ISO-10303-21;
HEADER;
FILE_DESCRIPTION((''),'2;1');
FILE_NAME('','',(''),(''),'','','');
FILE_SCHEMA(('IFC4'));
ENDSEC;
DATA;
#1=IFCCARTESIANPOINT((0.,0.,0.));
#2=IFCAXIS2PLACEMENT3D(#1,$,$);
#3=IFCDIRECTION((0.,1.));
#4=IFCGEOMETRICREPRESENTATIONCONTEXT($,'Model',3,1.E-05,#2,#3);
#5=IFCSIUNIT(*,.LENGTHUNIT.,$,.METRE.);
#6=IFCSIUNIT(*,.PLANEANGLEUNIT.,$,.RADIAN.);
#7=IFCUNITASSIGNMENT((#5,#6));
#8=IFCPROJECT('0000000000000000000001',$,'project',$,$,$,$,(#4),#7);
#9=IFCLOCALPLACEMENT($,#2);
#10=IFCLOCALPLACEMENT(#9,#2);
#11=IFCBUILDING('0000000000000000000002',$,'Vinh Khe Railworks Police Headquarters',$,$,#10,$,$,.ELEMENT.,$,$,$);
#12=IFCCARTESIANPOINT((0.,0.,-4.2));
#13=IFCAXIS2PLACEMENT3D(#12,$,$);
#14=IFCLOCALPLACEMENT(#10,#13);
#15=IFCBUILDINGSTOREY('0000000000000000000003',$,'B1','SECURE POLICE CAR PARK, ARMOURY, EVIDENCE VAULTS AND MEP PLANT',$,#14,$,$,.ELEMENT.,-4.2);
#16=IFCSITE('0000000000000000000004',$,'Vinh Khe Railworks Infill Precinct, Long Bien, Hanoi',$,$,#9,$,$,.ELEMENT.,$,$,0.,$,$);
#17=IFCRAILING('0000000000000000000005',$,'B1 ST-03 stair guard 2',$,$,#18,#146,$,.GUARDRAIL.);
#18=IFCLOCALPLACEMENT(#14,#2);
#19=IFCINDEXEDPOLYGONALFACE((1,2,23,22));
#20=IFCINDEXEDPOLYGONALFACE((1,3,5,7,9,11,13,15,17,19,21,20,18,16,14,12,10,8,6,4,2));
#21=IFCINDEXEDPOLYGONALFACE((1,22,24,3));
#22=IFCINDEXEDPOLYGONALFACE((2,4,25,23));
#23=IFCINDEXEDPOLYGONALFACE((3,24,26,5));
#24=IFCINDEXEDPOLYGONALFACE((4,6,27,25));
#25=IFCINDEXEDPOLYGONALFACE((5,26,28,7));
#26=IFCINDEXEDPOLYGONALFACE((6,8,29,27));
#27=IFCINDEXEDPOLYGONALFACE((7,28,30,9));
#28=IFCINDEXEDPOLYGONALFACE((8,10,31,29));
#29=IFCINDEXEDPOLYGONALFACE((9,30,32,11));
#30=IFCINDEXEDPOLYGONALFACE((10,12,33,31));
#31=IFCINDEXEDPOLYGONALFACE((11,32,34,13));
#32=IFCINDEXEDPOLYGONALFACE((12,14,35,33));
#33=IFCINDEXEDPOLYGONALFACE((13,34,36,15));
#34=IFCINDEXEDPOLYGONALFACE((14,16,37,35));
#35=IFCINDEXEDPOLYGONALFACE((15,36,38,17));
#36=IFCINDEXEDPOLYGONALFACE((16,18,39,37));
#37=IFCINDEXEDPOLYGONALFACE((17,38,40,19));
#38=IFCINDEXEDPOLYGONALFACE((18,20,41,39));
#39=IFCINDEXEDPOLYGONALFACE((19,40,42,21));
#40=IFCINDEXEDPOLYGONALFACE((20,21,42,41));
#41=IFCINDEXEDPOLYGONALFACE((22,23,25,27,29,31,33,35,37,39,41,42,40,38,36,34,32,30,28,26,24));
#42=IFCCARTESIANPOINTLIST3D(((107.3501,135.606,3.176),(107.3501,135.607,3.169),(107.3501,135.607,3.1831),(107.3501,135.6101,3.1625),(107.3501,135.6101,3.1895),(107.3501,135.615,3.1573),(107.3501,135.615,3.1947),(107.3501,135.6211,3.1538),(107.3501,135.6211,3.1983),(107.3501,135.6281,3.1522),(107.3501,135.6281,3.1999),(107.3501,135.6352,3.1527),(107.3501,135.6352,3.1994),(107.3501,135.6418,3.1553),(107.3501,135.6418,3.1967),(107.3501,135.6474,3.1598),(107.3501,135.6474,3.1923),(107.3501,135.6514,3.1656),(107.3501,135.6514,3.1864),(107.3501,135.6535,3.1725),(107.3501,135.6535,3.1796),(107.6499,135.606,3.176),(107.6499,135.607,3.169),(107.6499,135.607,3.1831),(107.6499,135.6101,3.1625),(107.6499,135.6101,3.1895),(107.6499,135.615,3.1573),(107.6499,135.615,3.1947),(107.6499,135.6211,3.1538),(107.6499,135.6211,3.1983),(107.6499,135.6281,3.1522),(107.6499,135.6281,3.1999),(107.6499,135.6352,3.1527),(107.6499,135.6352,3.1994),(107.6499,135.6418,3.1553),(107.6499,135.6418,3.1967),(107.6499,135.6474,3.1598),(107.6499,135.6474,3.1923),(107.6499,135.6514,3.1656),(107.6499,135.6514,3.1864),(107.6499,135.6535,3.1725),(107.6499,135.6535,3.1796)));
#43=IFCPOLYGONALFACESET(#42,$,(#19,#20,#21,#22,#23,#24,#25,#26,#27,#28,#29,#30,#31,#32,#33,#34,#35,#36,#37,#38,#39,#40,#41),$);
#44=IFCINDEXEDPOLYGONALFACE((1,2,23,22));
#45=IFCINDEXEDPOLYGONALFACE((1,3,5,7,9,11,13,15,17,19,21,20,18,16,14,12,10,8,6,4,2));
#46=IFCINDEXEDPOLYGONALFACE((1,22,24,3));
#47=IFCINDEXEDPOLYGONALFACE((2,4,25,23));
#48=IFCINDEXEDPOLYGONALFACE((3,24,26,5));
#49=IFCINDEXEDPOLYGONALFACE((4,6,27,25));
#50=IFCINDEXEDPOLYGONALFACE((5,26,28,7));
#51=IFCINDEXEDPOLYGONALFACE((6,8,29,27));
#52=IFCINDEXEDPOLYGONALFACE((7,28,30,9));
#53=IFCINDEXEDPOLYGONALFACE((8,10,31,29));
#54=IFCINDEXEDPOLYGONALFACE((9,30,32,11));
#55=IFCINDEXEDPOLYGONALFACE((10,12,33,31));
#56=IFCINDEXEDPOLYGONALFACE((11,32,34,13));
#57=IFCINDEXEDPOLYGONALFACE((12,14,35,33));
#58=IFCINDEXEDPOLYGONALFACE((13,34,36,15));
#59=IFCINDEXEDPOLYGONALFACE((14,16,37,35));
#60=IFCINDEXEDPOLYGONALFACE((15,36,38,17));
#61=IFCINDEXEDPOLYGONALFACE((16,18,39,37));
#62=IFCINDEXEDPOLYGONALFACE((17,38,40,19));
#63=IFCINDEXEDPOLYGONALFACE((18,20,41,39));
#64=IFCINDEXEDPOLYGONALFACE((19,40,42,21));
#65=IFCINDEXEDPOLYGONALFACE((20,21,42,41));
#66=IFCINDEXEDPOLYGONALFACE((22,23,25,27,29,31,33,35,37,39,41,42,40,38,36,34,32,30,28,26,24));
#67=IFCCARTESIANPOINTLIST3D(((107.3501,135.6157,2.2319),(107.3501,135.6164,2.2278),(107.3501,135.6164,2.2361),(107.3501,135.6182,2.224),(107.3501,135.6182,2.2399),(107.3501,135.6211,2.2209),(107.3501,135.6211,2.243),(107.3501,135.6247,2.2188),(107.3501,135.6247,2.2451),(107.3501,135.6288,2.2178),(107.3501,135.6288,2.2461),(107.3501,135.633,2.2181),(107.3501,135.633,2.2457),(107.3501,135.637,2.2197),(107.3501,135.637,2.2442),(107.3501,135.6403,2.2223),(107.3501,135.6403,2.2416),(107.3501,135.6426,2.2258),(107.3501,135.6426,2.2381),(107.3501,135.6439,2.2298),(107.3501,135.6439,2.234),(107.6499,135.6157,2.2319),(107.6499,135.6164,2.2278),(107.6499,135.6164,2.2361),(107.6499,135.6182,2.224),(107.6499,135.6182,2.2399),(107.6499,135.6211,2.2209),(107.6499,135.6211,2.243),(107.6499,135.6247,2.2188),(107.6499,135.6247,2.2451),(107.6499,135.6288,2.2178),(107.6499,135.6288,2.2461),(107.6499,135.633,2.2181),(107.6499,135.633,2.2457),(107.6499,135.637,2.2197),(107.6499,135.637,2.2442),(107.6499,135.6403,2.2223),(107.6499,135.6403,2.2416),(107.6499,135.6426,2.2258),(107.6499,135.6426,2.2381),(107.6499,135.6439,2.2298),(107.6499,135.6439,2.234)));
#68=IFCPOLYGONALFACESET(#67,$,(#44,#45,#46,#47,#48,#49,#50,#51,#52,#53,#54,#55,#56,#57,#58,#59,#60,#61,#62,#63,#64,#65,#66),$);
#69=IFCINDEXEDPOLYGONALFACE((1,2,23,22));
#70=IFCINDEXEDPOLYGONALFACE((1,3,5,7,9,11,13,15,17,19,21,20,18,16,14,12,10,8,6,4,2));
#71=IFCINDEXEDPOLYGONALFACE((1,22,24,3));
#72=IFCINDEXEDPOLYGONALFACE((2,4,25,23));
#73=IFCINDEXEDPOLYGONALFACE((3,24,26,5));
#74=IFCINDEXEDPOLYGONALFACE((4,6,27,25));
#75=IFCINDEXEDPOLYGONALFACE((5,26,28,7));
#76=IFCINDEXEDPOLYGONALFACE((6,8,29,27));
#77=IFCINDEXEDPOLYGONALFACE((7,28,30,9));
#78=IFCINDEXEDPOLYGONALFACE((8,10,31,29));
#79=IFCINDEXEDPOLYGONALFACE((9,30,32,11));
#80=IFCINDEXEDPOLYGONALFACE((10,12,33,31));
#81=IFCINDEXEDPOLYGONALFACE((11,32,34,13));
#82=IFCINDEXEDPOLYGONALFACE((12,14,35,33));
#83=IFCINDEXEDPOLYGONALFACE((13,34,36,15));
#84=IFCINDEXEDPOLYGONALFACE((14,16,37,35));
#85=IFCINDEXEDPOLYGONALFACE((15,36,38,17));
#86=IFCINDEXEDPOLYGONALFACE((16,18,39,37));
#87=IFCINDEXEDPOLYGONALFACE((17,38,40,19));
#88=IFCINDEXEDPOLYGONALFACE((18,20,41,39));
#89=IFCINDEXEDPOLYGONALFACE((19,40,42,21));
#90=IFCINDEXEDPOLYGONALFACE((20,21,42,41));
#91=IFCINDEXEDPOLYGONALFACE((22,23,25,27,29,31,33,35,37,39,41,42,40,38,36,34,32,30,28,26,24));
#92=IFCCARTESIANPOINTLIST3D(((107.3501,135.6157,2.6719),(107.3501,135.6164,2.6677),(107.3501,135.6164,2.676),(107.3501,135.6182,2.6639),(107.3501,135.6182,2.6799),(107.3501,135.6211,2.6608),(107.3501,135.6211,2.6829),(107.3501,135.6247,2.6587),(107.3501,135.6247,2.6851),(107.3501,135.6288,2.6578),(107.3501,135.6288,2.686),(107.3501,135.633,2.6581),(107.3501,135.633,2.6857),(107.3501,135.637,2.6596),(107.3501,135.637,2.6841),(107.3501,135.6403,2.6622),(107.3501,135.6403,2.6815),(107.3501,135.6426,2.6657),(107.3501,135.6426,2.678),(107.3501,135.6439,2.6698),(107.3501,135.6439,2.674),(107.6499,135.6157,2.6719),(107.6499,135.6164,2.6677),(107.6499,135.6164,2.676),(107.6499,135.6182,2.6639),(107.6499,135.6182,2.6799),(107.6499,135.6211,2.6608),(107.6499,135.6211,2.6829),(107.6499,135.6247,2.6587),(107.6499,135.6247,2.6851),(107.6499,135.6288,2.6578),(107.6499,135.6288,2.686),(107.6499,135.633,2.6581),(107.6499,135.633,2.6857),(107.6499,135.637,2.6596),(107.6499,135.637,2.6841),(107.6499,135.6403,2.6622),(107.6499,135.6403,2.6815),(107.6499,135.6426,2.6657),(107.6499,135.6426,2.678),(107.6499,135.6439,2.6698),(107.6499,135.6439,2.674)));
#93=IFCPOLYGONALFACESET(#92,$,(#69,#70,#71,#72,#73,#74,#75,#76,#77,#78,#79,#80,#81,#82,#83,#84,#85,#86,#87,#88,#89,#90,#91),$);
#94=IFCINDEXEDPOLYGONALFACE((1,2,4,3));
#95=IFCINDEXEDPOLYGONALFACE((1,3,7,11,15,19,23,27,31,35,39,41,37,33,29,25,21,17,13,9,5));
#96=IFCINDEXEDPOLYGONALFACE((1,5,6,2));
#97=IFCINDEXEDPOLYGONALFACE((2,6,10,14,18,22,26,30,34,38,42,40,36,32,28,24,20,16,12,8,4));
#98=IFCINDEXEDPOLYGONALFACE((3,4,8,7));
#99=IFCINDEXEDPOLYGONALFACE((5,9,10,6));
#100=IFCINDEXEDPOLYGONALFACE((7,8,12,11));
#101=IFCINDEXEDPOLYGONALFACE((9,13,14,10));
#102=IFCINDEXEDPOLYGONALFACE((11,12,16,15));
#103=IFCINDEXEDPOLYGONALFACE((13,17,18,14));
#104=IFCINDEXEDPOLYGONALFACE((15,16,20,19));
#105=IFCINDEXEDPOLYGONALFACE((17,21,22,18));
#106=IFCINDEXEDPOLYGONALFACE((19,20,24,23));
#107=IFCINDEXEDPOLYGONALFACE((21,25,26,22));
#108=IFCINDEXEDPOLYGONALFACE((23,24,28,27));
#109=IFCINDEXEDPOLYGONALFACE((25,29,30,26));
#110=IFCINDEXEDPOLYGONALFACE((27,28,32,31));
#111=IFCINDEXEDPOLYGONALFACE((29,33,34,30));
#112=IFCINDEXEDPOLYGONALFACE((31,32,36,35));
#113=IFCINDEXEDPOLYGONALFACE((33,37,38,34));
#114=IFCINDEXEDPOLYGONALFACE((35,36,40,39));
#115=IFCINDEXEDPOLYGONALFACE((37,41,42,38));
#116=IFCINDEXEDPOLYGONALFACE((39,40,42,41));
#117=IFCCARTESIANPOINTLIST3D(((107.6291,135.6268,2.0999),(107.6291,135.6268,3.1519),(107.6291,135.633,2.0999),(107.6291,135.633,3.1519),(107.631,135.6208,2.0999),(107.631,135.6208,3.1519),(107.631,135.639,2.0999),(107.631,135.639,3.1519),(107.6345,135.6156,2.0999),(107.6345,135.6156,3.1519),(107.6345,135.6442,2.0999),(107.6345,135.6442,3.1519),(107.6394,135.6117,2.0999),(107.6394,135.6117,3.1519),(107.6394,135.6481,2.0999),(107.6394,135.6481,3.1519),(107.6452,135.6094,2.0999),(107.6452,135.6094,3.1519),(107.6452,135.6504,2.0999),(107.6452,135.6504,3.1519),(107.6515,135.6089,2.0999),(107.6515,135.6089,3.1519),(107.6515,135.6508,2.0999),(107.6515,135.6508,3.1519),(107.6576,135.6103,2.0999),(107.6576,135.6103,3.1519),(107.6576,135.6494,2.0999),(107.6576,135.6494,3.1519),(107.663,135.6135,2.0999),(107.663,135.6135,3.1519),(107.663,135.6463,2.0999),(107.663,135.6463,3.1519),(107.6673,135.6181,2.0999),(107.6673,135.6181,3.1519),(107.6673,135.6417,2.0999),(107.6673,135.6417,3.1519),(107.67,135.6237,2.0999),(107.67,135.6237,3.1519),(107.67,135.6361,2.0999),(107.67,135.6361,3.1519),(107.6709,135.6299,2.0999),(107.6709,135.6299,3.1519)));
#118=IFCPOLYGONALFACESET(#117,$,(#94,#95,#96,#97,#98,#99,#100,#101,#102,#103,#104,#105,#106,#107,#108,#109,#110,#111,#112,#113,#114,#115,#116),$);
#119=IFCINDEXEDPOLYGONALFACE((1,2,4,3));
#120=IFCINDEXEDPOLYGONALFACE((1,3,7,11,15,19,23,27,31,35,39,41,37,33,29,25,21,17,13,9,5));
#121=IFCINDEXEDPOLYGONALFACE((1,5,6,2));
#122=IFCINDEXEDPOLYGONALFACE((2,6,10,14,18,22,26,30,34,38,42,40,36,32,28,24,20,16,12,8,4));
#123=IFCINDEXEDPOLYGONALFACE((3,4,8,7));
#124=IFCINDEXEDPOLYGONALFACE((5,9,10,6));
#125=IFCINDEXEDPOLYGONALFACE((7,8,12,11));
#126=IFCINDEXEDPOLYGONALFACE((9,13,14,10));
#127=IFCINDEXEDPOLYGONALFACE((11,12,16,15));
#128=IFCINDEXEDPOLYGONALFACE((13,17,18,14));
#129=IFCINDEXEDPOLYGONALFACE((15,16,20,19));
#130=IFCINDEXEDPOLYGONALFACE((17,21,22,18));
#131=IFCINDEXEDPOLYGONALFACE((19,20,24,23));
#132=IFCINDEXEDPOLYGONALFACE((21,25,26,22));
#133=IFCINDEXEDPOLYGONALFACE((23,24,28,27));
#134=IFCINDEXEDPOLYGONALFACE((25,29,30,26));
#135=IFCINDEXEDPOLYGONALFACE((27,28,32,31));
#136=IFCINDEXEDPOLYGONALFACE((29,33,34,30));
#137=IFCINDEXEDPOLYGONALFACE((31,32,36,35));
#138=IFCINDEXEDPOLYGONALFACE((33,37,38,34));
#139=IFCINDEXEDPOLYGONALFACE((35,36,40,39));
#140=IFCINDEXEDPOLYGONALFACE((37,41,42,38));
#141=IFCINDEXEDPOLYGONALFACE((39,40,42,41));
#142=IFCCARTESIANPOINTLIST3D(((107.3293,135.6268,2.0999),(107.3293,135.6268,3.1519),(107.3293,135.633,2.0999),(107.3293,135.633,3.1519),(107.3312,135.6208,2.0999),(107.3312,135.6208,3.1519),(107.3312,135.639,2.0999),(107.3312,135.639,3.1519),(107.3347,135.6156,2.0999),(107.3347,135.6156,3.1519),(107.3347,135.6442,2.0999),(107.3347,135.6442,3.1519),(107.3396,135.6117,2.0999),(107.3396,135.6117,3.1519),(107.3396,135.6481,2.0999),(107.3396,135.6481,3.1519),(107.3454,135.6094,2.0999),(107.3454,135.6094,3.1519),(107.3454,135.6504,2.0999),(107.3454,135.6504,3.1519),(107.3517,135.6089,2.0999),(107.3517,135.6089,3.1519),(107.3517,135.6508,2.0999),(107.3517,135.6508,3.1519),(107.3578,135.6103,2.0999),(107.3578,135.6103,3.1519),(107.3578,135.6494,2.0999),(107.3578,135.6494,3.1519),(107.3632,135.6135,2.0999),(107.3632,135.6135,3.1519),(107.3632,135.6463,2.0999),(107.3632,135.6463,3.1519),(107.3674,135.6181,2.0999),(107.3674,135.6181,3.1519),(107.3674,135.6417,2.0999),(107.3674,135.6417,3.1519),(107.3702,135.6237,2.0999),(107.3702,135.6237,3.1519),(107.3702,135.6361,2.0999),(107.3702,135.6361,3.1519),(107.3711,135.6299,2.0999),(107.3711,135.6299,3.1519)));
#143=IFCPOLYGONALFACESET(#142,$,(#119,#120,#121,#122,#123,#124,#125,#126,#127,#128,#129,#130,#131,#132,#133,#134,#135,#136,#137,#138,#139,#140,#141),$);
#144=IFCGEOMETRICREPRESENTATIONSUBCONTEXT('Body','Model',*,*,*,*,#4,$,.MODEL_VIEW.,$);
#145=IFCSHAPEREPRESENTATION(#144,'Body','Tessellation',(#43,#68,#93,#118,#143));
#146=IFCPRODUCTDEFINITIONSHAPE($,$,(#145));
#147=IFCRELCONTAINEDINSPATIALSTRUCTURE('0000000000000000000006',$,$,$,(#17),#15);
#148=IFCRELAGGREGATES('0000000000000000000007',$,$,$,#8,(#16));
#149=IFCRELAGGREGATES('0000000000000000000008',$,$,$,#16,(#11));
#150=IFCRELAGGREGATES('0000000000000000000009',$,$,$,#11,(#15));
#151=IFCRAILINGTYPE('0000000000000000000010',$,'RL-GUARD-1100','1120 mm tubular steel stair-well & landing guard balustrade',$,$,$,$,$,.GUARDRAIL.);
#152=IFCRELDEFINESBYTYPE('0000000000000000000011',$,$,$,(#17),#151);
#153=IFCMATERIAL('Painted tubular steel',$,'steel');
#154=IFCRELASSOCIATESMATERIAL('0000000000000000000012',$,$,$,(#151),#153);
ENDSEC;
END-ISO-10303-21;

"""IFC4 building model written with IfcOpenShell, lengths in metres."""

from ifc_helpers import new_model, si_unit, direction, frame, origin, origin_2d, place, context, subcontext, project, spatial, circle, extrude, material, type_object, element, save


model = new_model("IFC4")

# Units and contexts
model_context = context("Model", 3, precision=1e-05, world=origin(), true_north=direction((0.0, 1.0)))
body_context = subcontext(model_context, "Body", "Model", "MODEL_VIEW")
ifc_project = project(units=[si_unit("LENGTHUNIT", "METRE"), si_unit("PLANEANGLEUNIT", "RADIAN")], contexts=[model_context])

# Site, building, storey
site_placement = place(None, origin())
site = spatial("IfcSite", under=ifc_project, at=site_placement, Name="Vinh Khe Railworks Infill Precinct, Long Bien, Hanoi", CompositionType="ELEMENT", RefElevation=0.0)
building_placement = place(site_placement, origin())
building = spatial("IfcBuilding", under=site, at=building_placement, Name="Vinh Khe Railworks Police Headquarters", CompositionType="ELEMENT")
storey_placement = place(building_placement, frame((0.0, 0.0, -4.2)))
storey = spatial("IfcBuildingStorey", under=building, at=storey_placement, Name="B1", Description="SECURE POLICE CAR PARK, ARMOURY, EVIDENCE VAULTS AND MEP PLANT", CompositionType="ELEMENT", Elevation=-4.2)

# Railing
ifc_material_1 = material(Name="Painted tubular steel", Category="steel")
railing_type_1 = type_object("IfcRailingType", Name="RL-GUARD-1100", Description="1120 mm tubular steel stair-well & landing guard balustrade", PredefinedType="GUARDRAIL", material=ifc_material_1)
railing_1_placement = place(storey_placement, frame((107.6499, 135.6299, 2.0999)))
element("IfcRailing", 1, at=railing_1_placement, inside=storey, type_object=railing_type_1, Name="B1 ST-03 stair guard 2", PredefinedType="GUARDRAIL", context=body_context, shape_type="SweptSolid", body=[
    extrude(circle(Radius=0.0239, at=origin_2d()), frame((0.0, 0.0, 1.0762), z_axis=(-1.0, 0.0, 0.0), x_axis=(0.0, -1.0, 0.0)), (0.0, 0.0, 1.0), 0.2998),
    extrude(circle(Radius=0.0142, at=origin_2d()), frame((0.0, 0.0, 0.1321), z_axis=(-1.0, 0.0, 0.0), x_axis=(0.0, -1.0, 0.0)), (0.0, 0.0, 1.0), 0.2998),
    extrude(circle(Radius=0.0142, at=origin_2d()), frame((0.0, 0.0, 0.572), z_axis=(-1.0, 0.0, 0.0), x_axis=(0.0, -1.0, 0.0)), (0.0, 0.0, 1.0), 0.2998),
    extrude(circle(Radius=0.021, at=origin_2d()), origin(), (0.0, 0.0, 1.0), 1.052),
    extrude(circle(Radius=0.021, at=origin_2d()), frame((-0.2998, 0.0, 0.0)), (0.0, 0.0, 1.0), 1.052),
])

save(model, "model.ifc")
